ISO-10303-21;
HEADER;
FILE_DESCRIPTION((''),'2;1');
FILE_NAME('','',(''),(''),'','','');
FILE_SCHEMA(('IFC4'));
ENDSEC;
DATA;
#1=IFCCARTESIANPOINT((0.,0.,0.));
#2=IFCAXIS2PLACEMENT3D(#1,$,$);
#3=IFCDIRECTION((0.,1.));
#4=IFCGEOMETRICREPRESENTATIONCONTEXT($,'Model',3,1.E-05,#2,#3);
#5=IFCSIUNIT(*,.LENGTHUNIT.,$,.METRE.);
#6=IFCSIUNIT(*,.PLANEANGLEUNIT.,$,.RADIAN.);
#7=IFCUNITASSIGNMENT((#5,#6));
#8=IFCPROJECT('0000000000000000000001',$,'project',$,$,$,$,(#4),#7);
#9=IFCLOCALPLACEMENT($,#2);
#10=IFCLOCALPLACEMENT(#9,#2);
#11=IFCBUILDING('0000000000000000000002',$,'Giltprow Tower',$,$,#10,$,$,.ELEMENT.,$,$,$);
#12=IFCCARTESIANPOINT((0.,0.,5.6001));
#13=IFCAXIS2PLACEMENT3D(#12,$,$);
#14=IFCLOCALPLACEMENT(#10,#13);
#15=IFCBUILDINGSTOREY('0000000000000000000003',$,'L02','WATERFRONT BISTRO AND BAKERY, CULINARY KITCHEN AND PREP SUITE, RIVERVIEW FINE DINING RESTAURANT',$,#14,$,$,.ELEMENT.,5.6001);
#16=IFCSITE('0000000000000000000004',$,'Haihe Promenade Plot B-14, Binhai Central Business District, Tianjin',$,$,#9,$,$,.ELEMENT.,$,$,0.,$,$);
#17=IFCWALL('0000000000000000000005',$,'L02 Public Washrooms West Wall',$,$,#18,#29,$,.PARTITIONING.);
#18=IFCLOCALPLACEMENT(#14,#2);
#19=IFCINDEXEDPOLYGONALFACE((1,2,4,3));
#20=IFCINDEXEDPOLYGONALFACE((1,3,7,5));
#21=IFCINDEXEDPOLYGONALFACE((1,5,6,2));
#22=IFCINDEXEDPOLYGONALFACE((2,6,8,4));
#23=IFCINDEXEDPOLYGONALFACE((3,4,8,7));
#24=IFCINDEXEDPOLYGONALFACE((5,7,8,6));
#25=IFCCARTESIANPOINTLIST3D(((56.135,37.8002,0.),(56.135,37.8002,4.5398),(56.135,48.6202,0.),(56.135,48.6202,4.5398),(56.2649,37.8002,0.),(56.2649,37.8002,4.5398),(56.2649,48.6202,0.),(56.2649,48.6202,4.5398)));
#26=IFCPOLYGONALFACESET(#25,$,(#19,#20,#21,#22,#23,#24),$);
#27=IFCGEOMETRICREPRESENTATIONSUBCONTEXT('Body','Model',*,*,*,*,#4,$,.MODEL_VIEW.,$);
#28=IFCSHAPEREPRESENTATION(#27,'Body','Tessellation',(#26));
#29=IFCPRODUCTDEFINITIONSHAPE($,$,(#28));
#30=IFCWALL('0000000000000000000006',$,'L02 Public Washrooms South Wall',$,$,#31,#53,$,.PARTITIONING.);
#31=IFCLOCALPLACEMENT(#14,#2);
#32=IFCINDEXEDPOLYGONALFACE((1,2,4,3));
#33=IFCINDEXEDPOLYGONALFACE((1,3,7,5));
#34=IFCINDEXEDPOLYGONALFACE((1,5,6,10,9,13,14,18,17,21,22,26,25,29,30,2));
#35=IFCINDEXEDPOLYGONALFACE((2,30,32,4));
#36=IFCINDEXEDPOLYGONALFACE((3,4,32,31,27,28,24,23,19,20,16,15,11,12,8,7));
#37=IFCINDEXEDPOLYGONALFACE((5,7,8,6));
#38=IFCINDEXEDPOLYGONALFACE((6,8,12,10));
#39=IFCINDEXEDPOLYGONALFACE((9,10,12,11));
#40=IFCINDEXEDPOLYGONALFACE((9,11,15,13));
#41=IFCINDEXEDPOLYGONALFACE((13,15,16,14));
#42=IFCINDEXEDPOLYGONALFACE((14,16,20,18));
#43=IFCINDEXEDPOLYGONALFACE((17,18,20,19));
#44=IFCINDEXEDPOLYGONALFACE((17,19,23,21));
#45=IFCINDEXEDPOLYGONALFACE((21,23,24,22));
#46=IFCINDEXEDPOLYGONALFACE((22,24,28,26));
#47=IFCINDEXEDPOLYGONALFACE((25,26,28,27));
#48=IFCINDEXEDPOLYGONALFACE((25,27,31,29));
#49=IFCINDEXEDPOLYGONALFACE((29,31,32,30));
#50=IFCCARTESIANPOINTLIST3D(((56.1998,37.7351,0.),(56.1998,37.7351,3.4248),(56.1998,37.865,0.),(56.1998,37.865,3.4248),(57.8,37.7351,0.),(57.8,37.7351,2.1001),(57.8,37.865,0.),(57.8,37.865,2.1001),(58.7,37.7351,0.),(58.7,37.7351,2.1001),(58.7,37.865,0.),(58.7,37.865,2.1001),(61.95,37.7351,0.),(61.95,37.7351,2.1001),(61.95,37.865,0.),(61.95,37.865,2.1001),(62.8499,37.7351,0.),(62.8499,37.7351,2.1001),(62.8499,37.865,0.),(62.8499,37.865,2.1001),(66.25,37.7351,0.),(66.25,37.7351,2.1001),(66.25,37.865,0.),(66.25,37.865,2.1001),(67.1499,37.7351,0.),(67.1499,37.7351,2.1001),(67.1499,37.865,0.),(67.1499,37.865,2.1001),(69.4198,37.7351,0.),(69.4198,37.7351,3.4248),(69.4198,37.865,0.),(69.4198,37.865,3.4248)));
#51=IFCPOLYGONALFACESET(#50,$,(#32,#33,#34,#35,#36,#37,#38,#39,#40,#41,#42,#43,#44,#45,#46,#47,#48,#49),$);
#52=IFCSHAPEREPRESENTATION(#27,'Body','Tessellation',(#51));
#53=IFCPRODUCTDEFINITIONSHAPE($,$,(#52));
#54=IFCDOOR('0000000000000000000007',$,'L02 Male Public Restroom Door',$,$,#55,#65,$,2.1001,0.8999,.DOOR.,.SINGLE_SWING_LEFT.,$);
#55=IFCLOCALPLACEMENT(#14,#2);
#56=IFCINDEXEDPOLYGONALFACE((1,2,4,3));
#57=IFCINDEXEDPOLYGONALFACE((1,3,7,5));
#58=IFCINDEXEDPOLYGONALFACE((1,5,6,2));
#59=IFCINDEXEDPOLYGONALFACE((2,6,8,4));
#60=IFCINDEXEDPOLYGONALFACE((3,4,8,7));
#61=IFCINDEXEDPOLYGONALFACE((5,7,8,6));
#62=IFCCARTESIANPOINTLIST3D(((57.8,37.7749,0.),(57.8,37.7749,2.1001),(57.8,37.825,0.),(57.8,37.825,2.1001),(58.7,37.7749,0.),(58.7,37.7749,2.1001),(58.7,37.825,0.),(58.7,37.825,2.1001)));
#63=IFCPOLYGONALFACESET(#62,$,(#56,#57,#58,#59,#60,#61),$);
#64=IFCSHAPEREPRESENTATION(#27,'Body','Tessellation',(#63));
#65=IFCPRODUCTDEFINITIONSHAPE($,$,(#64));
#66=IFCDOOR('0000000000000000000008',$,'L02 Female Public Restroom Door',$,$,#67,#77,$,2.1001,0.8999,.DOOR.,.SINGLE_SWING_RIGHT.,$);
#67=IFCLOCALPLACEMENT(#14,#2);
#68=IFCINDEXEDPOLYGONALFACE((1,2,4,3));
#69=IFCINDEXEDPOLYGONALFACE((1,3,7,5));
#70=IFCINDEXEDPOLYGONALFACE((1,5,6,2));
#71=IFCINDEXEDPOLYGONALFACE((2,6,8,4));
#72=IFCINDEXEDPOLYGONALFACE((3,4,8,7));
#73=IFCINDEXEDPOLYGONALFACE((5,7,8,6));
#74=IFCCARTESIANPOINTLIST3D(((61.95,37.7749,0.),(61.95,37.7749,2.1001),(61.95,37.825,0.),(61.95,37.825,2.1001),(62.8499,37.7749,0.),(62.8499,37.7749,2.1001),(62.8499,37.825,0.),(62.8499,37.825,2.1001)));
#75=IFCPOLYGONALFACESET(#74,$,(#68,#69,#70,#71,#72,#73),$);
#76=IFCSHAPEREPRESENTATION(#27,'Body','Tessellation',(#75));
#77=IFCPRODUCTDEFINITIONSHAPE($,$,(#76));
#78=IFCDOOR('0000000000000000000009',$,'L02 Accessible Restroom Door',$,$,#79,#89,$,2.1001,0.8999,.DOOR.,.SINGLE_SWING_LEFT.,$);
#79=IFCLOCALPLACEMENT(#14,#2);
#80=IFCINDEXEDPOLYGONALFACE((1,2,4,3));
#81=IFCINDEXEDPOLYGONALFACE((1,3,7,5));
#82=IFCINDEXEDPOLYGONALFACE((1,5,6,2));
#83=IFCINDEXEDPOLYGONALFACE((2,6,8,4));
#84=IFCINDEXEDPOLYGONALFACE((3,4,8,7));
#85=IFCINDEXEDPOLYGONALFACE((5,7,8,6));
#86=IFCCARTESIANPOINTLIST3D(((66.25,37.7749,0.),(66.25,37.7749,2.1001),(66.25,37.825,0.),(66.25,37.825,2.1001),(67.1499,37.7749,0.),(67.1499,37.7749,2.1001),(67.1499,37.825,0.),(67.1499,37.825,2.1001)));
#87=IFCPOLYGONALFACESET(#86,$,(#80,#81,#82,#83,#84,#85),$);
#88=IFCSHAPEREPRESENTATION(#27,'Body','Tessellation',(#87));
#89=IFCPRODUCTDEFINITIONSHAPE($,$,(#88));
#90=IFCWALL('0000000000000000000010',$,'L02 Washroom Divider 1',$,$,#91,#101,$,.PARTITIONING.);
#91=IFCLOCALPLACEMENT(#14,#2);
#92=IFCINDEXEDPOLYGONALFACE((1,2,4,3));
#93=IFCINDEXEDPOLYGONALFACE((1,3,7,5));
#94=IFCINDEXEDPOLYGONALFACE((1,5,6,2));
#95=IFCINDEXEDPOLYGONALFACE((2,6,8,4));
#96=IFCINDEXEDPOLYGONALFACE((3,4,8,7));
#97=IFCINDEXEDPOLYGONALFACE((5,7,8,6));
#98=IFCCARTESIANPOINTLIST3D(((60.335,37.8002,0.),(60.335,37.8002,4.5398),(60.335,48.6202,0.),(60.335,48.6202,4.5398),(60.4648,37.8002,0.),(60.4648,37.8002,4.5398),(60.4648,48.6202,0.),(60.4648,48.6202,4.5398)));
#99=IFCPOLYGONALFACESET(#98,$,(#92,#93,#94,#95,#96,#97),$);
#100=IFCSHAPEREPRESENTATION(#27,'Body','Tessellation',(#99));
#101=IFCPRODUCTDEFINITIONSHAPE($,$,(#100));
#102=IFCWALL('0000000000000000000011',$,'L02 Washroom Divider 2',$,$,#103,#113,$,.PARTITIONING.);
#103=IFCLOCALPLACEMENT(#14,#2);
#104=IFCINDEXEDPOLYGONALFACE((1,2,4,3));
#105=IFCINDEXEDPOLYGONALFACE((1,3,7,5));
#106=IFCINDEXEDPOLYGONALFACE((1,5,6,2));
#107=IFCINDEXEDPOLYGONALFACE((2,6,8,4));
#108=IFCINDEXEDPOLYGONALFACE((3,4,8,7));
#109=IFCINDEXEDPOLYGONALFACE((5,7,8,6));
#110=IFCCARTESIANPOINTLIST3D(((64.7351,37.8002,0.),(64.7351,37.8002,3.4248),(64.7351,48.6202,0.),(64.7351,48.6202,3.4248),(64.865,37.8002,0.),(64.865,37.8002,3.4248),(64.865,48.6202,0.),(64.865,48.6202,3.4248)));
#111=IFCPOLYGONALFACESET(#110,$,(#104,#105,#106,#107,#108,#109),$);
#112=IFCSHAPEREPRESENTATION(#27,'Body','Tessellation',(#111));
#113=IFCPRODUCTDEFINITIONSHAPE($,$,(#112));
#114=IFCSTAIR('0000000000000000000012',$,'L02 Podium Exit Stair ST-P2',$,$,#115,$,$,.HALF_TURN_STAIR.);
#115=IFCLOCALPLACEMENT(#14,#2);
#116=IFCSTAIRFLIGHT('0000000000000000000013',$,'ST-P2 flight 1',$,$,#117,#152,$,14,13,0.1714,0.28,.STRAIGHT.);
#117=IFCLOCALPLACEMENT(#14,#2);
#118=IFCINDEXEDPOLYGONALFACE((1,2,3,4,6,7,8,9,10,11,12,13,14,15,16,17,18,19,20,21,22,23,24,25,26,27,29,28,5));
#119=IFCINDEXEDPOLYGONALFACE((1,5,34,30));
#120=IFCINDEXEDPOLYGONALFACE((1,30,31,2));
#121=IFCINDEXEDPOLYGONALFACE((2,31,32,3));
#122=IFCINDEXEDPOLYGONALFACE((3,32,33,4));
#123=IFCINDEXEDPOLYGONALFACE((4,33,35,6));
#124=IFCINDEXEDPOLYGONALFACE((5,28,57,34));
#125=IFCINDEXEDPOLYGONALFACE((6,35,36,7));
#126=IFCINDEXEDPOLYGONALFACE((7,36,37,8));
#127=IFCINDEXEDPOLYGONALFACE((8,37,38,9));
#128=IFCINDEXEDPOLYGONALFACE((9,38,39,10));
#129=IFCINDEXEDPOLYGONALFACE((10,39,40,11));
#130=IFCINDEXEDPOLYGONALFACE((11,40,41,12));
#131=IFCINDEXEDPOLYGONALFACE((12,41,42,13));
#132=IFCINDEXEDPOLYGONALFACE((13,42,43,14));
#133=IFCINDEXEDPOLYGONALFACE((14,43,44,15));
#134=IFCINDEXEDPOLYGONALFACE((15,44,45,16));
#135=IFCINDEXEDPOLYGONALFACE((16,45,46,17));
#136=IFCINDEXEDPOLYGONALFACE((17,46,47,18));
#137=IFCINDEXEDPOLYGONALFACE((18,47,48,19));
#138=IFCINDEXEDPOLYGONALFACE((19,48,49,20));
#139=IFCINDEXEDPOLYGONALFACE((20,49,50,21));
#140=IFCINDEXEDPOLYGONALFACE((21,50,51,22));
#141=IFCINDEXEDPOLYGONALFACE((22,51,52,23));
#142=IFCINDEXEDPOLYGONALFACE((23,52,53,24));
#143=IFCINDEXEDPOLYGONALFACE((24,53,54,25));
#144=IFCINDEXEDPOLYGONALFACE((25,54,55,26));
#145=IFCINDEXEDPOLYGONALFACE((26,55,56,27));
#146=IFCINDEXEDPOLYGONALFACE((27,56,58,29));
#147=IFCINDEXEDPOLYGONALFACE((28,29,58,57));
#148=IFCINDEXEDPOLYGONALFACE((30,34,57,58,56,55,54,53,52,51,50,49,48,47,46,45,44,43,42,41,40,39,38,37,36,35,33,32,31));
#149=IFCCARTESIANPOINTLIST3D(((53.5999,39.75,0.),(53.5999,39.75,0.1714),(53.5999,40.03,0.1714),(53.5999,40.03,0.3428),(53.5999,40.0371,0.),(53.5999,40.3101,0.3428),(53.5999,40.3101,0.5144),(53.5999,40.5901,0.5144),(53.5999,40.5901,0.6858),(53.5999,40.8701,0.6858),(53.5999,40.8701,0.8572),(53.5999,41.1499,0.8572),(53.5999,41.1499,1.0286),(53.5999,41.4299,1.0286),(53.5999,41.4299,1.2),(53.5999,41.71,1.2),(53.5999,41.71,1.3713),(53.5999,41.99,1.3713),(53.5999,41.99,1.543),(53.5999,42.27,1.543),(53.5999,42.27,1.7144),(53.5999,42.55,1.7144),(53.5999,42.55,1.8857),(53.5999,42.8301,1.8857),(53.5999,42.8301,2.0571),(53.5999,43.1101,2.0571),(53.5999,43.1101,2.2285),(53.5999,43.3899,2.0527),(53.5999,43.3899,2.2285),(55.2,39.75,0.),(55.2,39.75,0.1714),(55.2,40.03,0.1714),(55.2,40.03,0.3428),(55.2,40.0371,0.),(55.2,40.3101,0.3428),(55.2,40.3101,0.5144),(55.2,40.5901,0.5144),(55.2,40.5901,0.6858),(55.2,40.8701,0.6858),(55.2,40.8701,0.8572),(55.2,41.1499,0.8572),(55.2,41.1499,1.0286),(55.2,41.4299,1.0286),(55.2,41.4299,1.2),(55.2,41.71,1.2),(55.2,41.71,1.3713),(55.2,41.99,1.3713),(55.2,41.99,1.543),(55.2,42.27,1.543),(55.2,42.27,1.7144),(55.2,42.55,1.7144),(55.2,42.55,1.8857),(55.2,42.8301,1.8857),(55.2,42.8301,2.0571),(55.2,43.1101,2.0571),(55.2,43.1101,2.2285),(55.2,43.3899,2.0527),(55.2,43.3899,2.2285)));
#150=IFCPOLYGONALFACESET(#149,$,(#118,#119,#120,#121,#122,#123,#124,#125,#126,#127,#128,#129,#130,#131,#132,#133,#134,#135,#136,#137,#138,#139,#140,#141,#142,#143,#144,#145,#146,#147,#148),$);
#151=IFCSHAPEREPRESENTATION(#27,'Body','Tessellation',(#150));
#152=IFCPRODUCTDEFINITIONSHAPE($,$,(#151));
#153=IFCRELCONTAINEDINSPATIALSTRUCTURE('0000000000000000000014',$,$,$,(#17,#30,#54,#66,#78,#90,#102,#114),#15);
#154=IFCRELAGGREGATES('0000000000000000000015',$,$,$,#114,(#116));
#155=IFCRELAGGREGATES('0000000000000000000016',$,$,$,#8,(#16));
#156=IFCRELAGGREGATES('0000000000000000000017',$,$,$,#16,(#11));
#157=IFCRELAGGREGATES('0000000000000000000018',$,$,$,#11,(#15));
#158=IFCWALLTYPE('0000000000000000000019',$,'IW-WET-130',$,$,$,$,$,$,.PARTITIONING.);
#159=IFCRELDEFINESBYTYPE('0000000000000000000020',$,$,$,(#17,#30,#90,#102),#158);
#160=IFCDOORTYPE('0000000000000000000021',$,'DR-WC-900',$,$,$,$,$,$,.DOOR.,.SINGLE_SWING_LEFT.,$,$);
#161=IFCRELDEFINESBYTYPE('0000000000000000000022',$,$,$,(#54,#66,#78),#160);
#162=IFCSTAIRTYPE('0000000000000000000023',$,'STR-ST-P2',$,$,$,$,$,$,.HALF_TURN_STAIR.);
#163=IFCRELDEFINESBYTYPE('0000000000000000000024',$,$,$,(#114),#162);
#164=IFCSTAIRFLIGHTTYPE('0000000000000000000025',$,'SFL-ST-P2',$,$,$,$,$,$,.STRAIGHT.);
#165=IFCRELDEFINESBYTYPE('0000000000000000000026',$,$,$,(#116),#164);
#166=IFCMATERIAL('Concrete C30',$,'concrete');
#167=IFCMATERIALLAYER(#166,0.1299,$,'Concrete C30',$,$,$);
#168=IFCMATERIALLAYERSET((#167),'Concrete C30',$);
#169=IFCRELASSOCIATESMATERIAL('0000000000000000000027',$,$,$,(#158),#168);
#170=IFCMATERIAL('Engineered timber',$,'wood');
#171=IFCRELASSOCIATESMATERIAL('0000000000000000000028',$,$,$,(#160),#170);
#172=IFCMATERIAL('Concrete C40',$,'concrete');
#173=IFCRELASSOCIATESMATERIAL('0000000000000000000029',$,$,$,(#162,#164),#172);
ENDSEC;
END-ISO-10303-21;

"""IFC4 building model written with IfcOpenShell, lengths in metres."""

from ifc_helpers import new_model, si_unit, direction, frame, frame_2d, origin, place, context, subcontext, project, spatial, polyline, rectangle, outline, extrude, source, transform, mapped, material, layer, layer_set, type_object, element, fill, aggregate, save


model = new_model("IFC4")

# Units and contexts
model_context = context("Model", 3, precision=1e-05, world=origin(), true_north=direction((0.0, 1.0)))
body_context = subcontext(model_context, "Body", "Model", "MODEL_VIEW")
ifc_project = project(units=[si_unit("LENGTHUNIT", "METRE"), si_unit("PLANEANGLEUNIT", "RADIAN")], contexts=[model_context])

# Site, building, storey
site_placement = place(None, origin())
site = spatial("IfcSite", under=ifc_project, at=site_placement, Name="Haihe Promenade Plot B-14, Binhai Central Business District, Tianjin", CompositionType="ELEMENT", RefElevation=0.0)
building_placement = place(site_placement, origin())
building = spatial("IfcBuilding", under=site, at=building_placement, Name="Giltprow Tower", CompositionType="ELEMENT")
storey_placement = place(building_placement, frame((0.0, 0.0, 5.6001)))
storey = spatial("IfcBuildingStorey", under=building, at=storey_placement, Name="L02", Description="WATERFRONT BISTRO AND BAKERY, CULINARY KITCHEN AND PREP SUITE, RIVERVIEW FINE DINING RESTAURANT", CompositionType="ELEMENT", Elevation=5.6001)

# Wall
ifc_material_1 = material(Name="Concrete C40", Category="concrete")
ifc_material_2 = material(Name="Concrete C30", Category="concrete")
ifc_layer_1 = layer(ifc_material_2, 0.1299, Name="Concrete C30")
ifc_layer_set_1 = layer_set([ifc_layer_1], Name="Concrete C30")
wall_type_1 = type_object("IfcWallType", Name="IW-WET-130", PredefinedType="PARTITIONING", material=ifc_layer_set_1)
wall_1_placement = place(storey_placement, frame((56.2, 37.8, 0.0), z_axis=(0.0, 0.0, 1.0), x_axis=(0.0, 1.0, 0.0)))
element("IfcWall", 1, at=wall_1_placement, inside=storey, type_object=wall_type_1, Name="L02 Public Washrooms West Wall", PredefinedType="PARTITIONING", context=body_context, shape_type="SweptSolid", body=[
    extrude(rectangle(XDim=10.8201, YDim=0.1299, at=frame_2d((5.4102, 0.0))), origin(), (0.0, 0.0, 1.0), 4.5398),
])

# Wall, openings, doors
wall_2_placement = place(storey_placement, frame((56.2, 37.8, 0.0), z_axis=(0.0, 0.0, 1.0), x_axis=(1.0, 0.0, 0.0)))
wall_2 = element("IfcWall", 2, at=wall_2_placement, inside=storey, type_object=wall_type_1, Name="L02 Public Washrooms South Wall", PredefinedType="PARTITIONING", context=body_context, shape_type="SweptSolid", body=[
    extrude(rectangle(XDim=13.22, YDim=0.1299, at=frame_2d((6.6099, 0.0))), origin(), (0.0, 0.0, 1.0), 3.4248),
])
opening_1_placement = place(wall_2_placement, frame((1.6001, 0.0, 0.0)))
opening_1 = element("IfcOpeningElement", 3, at=opening_1_placement, cuts=wall_2, PredefinedType="OPENING", context=body_context, shape_type="SweptSolid", body=[
    extrude(rectangle(XDim=0.8999, YDim=2.1001, at=frame_2d((0.45, 1.05))), frame((0.0, 0.075, 0.0), z_axis=(0.0, -1.0, 0.0), x_axis=(1.0, 0.0, 0.0)), (0.0, 0.0, 1.0), 0.1499),
])
opening_2_placement = place(wall_2_placement, frame((5.75, 0.0, 0.0)))
opening_2 = element("IfcOpeningElement", 4, at=opening_2_placement, cuts=wall_2, PredefinedType="OPENING", context=body_context, shape_type="SweptSolid", body=[
    extrude(rectangle(XDim=0.8999, YDim=2.1001, at=frame_2d((0.45, 1.05))), frame((0.0, 0.075, 0.0), z_axis=(0.0, -1.0, 0.0), x_axis=(1.0, 0.0, 0.0)), (0.0, 0.0, 1.0), 0.1499),
])
opening_3_placement = place(wall_2_placement, frame((10.05, 0.0, 0.0)))
opening_3 = element("IfcOpeningElement", 5, at=opening_3_placement, cuts=wall_2, PredefinedType="OPENING", context=body_context, shape_type="SweptSolid", body=[
    extrude(rectangle(XDim=0.8999, YDim=2.1001, at=frame_2d((0.45, 1.05))), frame((0.0, 0.075, 0.0), z_axis=(0.0, -1.0, 0.0), x_axis=(1.0, 0.0, 0.0)), (0.0, 0.0, 1.0), 0.1499),
])
ifc_material_3 = material(Name="Engineered timber", Category="wood")
door_type = type_object("IfcDoorType", Name="DR-WC-900", OperationType="SINGLE_SWING_LEFT", PredefinedType="DOOR", material=ifc_material_3)
shared_shape_1 = source(origin(), body_context, "Body", "SweptSolid", [
    extrude(rectangle(XDim=0.8999, YDim=2.1001, at=frame_2d((0.45, 1.05))), frame((0.0, 0.0249, 0.0), z_axis=(0.0, -1.0, 0.0), x_axis=(1.0, 0.0, 0.0)), (0.0, 0.0, 1.0), 0.05),
])
door_1_placement = place(opening_1_placement, origin())
door_1 = element("IfcDoor", 6, at=door_1_placement, inside=storey, type_object=door_type, Name="L02 Male Public Restroom Door", OperationType="SINGLE_SWING_LEFT", OverallHeight=2.1001, OverallWidth=0.8999, PredefinedType="DOOR", context=body_context, shape_type="MappedRepresentation", body=[
    mapped(shared_shape_1, transform((0.0, 0.0, 0.0), x_axis=(1.0, 0.0, 0.0), y_axis=(0.0, 1.0, 0.0), z_axis=(0.0, 0.0, 1.0), scale=1.0)),
])
fill(opening_1, door_1)
door_2_placement = place(opening_2_placement, origin())
door_2 = element("IfcDoor", 7, at=door_2_placement, inside=storey, type_object=door_type, Name="L02 Female Public Restroom Door", OperationType="SINGLE_SWING_RIGHT", OverallHeight=2.1001, OverallWidth=0.8999, PredefinedType="DOOR", context=body_context, shape_type="MappedRepresentation", body=[
    mapped(shared_shape_1, transform((0.0, 0.0, 0.0), x_axis=(1.0, 0.0, 0.0), y_axis=(0.0, 1.0, 0.0), z_axis=(0.0, 0.0, 1.0), scale=1.0)),
])
fill(opening_2, door_2)
door_3_placement = place(opening_3_placement, origin())
door_3 = element("IfcDoor", 8, at=door_3_placement, inside=storey, type_object=door_type, Name="L02 Accessible Restroom Door", OperationType="SINGLE_SWING_LEFT", OverallHeight=2.1001, OverallWidth=0.8999, PredefinedType="DOOR", context=body_context, shape_type="MappedRepresentation", body=[
    mapped(shared_shape_1, transform((0.0, 0.0, 0.0), x_axis=(1.0, 0.0, 0.0), y_axis=(0.0, 1.0, 0.0), z_axis=(0.0, 0.0, 1.0), scale=1.0)),
])
fill(opening_3, door_3)

# Walls
wall_3_placement = place(storey_placement, frame((60.3999, 37.8, 0.0), z_axis=(0.0, 0.0, 1.0), x_axis=(0.0, 1.0, 0.0)))
element("IfcWall", 9, at=wall_3_placement, inside=storey, type_object=wall_type_1, Name="L02 Washroom Divider 1", PredefinedType="PARTITIONING", context=body_context, shape_type="SweptSolid", body=[
    extrude(rectangle(XDim=10.8201, YDim=0.1299, at=frame_2d((5.4102, 0.0))), origin(), (0.0, 0.0, 1.0), 4.5398),
])
wall_4_placement = place(storey_placement, frame((64.8, 37.8, 0.0), z_axis=(0.0, 0.0, 1.0), x_axis=(0.0, 1.0, 0.0)))
element("IfcWall", 10, at=wall_4_placement, inside=storey, type_object=wall_type_1, Name="L02 Washroom Divider 2", PredefinedType="PARTITIONING", context=body_context, shape_type="SweptSolid", body=[
    extrude(rectangle(XDim=10.8201, YDim=0.1299, at=frame_2d((5.4102, 0.0))), origin(), (0.0, 0.0, 1.0), 3.4248),
])

# Stair, stair flight
stair_type = type_object("IfcStairType", Name="STR-ST-P2", PredefinedType="HALF_TURN_STAIR", material=ifc_material_1)
stair_placement = place(storey_placement, origin())
stair = element("IfcStair", 11, at=stair_placement, inside=storey, type_object=stair_type, Name="L02 Podium Exit Stair ST-P2", PredefinedType="HALF_TURN_STAIR")
stair_flight_type = type_object("IfcStairFlightType", Name="SFL-ST-P2", PredefinedType="STRAIGHT", material=ifc_material_1)
stair_flight_placement = place(storey_placement, frame((54.3999, 39.75, 0.0), z_axis=(0.0, 0.0, 1.0), x_axis=(0.0, 1.0, 0.0)))
stair_flight = element("IfcStairFlight", 12, at=stair_flight_placement, type_object=stair_flight_type, Name="ST-P2 flight 1", NumberOfRisers=14, NumberOfTreads=13, PredefinedType="STRAIGHT", RiserHeight=0.1714, TreadLength=0.28, context=body_context, shape_type="SweptSolid", body=[
    extrude(outline(polyline([(0.0, 0.0), (0.0, 0.1714), (0.28, 0.1714), (0.28, 0.3428), (0.5601, 0.3428), (0.5601, 0.5144), (0.8401, 0.5144), (0.8401, 0.6858), (1.1201, 0.6858), (1.1201, 0.8572), (1.3999, 0.8572), (1.3999, 1.0286), (1.6799, 1.0286), (1.6799, 1.2), (1.96, 1.2), (1.96, 1.3713), (2.24, 1.3713), (2.24, 1.543), (2.52, 1.543), (2.52, 1.7144), (2.8, 1.7144), (2.8, 1.8857), (3.0801, 1.8857), (3.0801, 2.0571), (3.3601, 2.0571), (3.3601, 2.2285), (3.6399, 2.2285), (3.6399, 2.3999), (3.6399, 2.0527), (0.2871, 0.0), (0.0, 0.0)])), frame((0.0, 0.8, 0.0), z_axis=(0.0, -1.0, 0.0), x_axis=(1.0, 0.0, 0.0)), (0.0, 0.0, 1.0), 1.6001),
])
aggregate(stair, [stair_flight])

save(model, "model.ifc")
